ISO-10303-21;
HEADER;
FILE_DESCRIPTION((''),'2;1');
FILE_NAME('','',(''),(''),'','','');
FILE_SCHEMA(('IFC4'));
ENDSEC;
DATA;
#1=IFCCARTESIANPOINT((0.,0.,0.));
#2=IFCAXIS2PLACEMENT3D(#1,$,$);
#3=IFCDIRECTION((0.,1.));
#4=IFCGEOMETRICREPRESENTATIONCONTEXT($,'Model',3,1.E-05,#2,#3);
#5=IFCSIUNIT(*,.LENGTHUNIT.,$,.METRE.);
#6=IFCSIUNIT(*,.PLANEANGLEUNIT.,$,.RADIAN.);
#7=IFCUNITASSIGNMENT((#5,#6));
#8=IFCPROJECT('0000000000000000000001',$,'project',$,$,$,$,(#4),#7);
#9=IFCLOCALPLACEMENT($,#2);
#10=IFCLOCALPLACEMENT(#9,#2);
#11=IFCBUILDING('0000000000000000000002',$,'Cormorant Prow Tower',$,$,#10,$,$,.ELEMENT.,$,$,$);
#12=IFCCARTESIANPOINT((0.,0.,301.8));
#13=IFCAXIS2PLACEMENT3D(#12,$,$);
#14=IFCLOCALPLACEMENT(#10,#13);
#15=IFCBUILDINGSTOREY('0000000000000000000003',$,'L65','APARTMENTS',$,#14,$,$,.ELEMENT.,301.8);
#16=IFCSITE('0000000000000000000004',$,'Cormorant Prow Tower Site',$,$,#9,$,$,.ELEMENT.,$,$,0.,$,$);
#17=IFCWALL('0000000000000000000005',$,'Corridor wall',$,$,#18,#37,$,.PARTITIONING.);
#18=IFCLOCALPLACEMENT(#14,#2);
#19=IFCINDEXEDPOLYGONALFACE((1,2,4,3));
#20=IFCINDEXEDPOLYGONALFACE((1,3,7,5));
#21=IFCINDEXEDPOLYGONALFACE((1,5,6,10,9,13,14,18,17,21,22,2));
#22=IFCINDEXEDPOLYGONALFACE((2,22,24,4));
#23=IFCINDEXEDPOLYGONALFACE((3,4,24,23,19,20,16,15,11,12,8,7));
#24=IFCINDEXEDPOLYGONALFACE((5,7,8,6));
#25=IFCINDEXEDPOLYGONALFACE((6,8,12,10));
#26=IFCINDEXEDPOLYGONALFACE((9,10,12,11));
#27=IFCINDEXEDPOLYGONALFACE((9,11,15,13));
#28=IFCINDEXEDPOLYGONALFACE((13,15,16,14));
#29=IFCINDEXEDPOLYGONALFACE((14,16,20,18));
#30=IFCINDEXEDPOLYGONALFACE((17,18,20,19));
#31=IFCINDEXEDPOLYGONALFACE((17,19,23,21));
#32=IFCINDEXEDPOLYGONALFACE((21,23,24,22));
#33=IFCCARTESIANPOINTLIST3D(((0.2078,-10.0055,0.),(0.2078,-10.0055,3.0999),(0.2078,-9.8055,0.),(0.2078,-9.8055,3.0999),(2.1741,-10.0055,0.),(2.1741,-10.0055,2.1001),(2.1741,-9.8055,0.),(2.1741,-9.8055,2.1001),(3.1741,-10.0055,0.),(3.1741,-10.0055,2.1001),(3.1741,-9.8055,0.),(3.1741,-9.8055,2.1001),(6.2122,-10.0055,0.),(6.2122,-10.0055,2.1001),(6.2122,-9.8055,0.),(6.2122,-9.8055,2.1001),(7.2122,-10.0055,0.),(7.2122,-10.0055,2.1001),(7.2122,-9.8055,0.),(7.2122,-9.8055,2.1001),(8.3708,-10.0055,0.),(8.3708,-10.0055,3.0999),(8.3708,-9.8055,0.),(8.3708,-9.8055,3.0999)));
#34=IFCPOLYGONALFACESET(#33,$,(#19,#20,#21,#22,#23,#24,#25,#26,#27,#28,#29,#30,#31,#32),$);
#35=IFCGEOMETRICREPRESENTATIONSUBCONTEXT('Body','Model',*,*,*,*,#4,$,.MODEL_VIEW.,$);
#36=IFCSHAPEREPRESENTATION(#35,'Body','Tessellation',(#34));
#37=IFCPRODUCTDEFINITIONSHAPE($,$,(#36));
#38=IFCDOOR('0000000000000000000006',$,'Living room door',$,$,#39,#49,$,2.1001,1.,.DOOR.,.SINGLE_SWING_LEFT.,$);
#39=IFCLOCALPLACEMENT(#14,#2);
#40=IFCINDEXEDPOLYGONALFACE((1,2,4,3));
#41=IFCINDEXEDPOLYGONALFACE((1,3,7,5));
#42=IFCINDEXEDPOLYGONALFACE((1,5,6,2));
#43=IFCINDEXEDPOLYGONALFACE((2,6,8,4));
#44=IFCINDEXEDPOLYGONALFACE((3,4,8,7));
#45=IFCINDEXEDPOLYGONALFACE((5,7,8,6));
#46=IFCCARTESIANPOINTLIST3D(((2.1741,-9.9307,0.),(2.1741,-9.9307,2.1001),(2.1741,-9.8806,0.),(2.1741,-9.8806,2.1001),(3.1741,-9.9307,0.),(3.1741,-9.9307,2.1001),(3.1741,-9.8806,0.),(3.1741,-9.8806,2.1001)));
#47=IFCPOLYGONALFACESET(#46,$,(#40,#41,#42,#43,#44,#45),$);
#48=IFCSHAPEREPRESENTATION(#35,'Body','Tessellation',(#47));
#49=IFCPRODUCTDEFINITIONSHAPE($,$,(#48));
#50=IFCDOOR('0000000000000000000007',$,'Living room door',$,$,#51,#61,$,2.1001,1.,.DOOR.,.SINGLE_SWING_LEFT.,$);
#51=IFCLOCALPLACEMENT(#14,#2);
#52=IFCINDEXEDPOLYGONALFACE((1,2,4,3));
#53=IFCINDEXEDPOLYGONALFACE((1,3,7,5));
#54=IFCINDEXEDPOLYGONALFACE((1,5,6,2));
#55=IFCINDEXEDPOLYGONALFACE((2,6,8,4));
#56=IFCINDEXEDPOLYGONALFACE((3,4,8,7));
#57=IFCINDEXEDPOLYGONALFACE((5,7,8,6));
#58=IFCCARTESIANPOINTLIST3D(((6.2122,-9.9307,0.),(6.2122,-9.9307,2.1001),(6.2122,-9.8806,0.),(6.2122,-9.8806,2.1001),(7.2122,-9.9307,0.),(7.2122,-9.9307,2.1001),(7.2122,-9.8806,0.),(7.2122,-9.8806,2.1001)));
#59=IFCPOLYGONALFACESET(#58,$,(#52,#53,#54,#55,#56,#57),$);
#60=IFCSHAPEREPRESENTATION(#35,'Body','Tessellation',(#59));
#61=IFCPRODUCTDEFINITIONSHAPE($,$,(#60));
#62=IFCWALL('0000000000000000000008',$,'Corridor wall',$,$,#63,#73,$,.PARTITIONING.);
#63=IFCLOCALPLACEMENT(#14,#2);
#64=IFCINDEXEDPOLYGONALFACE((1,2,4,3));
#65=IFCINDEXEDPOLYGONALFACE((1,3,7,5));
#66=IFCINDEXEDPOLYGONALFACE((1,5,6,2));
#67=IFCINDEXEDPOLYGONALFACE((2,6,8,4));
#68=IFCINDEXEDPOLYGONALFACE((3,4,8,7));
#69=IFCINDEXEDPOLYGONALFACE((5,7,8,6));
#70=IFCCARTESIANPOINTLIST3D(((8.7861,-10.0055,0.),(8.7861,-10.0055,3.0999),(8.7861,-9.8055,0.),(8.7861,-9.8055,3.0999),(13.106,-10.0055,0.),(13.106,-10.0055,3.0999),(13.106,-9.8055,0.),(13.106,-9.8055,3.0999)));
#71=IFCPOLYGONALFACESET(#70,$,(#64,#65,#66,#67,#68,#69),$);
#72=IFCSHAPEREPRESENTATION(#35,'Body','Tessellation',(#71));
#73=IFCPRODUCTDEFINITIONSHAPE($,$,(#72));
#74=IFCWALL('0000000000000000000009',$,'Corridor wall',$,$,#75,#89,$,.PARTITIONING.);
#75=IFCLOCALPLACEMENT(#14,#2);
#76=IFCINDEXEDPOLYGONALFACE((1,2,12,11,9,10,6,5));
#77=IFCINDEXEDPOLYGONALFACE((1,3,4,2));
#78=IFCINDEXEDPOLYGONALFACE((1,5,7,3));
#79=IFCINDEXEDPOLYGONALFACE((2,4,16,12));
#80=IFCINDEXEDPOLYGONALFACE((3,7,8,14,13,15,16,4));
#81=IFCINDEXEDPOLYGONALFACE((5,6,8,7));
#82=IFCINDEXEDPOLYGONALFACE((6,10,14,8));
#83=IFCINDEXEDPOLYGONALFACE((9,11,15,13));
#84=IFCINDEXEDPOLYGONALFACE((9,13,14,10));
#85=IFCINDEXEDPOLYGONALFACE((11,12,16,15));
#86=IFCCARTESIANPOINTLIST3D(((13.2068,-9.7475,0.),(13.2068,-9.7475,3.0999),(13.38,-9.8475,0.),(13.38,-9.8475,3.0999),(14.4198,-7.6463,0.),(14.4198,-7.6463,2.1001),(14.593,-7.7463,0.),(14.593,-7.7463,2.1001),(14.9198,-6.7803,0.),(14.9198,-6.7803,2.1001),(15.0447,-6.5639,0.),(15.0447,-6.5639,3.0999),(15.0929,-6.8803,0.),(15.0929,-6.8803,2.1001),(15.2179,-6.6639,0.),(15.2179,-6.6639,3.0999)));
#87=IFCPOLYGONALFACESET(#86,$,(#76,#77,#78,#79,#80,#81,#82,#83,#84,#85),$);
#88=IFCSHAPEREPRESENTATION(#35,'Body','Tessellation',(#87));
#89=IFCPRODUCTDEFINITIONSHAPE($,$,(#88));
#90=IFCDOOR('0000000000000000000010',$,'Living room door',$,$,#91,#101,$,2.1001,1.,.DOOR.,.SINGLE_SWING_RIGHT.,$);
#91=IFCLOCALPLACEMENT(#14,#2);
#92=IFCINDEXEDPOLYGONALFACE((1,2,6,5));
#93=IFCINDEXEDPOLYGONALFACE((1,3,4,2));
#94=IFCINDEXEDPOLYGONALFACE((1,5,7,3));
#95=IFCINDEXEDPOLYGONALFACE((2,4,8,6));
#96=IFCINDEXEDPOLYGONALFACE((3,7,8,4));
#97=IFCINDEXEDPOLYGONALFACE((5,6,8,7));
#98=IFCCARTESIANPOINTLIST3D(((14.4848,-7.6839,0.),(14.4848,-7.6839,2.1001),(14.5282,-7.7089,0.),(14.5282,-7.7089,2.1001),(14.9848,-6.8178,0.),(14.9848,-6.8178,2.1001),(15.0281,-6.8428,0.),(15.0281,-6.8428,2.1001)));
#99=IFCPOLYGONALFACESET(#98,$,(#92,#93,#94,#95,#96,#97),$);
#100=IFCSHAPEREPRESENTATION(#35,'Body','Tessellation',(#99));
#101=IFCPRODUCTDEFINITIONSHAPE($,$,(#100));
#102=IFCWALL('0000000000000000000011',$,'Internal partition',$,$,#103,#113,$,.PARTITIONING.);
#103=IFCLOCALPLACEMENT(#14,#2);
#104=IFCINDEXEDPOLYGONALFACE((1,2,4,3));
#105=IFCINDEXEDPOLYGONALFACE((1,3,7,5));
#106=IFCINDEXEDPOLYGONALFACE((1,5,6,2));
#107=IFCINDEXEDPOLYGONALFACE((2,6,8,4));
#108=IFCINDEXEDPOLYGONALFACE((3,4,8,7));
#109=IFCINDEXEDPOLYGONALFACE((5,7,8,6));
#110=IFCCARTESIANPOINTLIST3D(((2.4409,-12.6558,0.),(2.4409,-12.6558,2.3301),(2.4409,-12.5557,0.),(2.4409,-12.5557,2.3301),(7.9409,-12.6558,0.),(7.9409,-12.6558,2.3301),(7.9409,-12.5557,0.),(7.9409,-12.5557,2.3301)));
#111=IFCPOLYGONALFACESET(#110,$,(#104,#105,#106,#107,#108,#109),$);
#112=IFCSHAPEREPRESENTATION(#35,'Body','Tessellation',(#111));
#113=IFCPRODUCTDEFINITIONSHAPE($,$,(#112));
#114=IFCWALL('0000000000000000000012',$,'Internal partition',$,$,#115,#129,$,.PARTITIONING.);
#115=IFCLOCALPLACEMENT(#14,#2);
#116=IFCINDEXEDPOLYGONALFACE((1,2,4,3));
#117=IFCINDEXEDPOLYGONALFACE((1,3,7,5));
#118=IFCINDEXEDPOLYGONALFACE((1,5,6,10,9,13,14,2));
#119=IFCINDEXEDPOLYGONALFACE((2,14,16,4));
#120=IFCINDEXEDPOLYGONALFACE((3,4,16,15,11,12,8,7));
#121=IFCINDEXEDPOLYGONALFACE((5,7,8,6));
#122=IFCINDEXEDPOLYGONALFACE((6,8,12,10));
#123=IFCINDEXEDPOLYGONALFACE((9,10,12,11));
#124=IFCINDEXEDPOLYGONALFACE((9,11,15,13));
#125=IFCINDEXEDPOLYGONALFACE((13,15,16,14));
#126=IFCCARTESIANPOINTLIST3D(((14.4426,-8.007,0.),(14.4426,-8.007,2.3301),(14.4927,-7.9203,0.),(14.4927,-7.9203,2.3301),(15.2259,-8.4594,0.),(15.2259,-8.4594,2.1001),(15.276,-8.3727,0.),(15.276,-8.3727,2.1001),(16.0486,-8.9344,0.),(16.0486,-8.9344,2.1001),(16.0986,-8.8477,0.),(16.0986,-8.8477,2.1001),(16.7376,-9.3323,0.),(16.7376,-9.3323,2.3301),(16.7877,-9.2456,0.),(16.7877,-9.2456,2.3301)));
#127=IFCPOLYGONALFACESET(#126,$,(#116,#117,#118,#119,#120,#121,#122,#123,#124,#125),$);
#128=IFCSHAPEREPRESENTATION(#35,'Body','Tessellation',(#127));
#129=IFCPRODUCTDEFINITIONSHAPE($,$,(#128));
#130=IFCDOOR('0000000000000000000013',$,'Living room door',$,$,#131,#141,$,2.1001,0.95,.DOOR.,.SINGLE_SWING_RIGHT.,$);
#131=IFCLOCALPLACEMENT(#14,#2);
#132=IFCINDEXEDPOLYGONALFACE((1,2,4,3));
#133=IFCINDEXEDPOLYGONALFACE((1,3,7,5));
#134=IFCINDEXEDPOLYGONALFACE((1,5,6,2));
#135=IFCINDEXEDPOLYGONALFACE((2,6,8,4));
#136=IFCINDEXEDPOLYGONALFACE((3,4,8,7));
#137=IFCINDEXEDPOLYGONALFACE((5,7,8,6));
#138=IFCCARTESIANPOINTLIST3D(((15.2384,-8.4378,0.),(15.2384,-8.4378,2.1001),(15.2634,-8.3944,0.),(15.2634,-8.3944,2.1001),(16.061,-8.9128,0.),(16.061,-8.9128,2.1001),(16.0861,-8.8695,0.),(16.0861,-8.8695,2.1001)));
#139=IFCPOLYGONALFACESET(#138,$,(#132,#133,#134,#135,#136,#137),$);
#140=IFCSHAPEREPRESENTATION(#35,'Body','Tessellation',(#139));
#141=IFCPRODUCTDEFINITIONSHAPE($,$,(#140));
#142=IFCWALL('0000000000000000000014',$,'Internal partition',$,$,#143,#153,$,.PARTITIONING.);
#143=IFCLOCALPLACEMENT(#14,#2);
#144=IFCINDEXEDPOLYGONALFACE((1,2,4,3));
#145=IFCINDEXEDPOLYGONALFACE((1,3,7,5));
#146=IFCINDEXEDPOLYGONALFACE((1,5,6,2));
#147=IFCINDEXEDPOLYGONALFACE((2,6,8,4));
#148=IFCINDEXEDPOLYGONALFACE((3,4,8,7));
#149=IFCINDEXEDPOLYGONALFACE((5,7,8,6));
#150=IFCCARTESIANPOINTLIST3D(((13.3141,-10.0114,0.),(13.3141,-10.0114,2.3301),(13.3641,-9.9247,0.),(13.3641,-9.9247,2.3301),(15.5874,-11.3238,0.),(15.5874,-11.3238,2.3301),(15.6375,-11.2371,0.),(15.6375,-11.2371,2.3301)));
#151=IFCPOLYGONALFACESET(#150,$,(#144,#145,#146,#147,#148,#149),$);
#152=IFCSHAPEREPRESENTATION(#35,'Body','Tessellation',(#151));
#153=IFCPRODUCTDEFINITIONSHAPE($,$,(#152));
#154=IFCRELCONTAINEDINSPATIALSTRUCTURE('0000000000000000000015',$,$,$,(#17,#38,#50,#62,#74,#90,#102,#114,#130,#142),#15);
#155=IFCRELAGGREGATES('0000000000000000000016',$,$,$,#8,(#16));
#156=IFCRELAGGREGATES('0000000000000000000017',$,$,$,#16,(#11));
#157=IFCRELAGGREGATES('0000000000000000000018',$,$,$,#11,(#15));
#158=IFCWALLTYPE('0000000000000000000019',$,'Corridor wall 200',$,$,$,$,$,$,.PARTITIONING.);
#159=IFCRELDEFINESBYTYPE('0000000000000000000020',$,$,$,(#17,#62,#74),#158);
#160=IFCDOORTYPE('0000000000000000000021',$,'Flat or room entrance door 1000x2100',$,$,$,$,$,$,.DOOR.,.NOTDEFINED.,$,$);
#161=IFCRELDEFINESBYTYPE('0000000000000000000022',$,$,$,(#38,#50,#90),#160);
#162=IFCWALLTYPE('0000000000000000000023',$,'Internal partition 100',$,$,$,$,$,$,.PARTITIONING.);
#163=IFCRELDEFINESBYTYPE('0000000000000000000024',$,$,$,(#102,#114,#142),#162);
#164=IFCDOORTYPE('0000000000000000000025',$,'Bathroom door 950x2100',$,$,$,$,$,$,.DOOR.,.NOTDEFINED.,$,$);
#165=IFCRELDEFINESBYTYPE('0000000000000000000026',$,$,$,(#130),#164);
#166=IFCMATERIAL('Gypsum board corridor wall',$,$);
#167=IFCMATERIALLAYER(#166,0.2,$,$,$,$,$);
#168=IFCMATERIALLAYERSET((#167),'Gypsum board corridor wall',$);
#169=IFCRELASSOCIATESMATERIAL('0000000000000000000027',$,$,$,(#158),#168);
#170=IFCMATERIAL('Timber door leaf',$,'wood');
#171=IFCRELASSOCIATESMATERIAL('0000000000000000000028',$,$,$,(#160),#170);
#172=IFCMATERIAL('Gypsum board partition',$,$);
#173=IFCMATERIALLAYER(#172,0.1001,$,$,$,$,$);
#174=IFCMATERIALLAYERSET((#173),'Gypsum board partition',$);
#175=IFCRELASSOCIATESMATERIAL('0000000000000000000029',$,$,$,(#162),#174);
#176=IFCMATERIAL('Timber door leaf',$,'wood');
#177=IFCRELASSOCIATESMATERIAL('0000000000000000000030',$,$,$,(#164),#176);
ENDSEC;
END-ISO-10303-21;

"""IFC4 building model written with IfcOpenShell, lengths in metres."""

from ifc_helpers import new_model, si_unit, direction, frame, frame_2d, origin, place, context, subcontext, project, spatial, rectangle, extrude, material, layer, layer_set, type_object, element, fill, save


model = new_model("IFC4")

# Units and contexts
model_context = context("Model", 3, precision=1e-05, world=origin(), true_north=direction((0.0, 1.0)))
body_context = subcontext(model_context, "Body", "Model", "MODEL_VIEW")
ifc_project = project(units=[si_unit("LENGTHUNIT", "METRE"), si_unit("PLANEANGLEUNIT", "RADIAN")], contexts=[model_context])

# Site, building, storey
site_placement = place(None, origin())
site = spatial("IfcSite", under=ifc_project, at=site_placement, Name="Cormorant Prow Tower Site", CompositionType="ELEMENT", RefElevation=0.0)
building_placement = place(site_placement, origin())
building = spatial("IfcBuilding", under=site, at=building_placement, Name="Cormorant Prow Tower", CompositionType="ELEMENT")
storey_placement = place(building_placement, frame((0.0, 0.0, 301.8)))
storey = spatial("IfcBuildingStorey", under=building, at=storey_placement, Name="L65", Description="APARTMENTS", CompositionType="ELEMENT", Elevation=301.8)

# Wall, openings, doors
ifc_material_1 = material(Name="Gypsum board corridor wall")
ifc_layer_1 = layer(ifc_material_1, 0.2)
ifc_layer_set_1 = layer_set([ifc_layer_1], Name="Gypsum board corridor wall")
wall_type_1 = type_object("IfcWallType", Name="Corridor wall 200", PredefinedType="PARTITIONING", material=ifc_layer_set_1)
wall_1_placement = place(storey_placement, frame((0.2078, -9.9055, 0.0), z_axis=(0.0, 0.0, 1.0), x_axis=(1.0, 0.0, 0.0)))
wall_1 = element("IfcWall", 1, at=wall_1_placement, inside=storey, type_object=wall_type_1, Name="Corridor wall", PredefinedType="PARTITIONING", context=body_context, shape_type="SweptSolid", body=[
    extrude(rectangle(XDim=8.1631, YDim=0.2, at=frame_2d((4.0815, 0.0))), origin(), (0.0, 0.0, 1.0), 3.0999),
])
opening_1_placement = place(wall_1_placement, frame((1.9663, 0.0, 0.0)))
opening_1 = element("IfcOpeningElement", 2, at=opening_1_placement, cuts=wall_1, PredefinedType="OPENING", context=body_context, shape_type="SweptSolid", body=[
    extrude(rectangle(XDim=1.0, YDim=2.1001, at=frame_2d((0.5, 1.05))), frame((0.0, 0.1099, 0.0), z_axis=(0.0, -1.0, 0.0), x_axis=(1.0, 0.0, 0.0)), (0.0, 0.0, 1.0), 0.22),
])
opening_2_placement = place(wall_1_placement, frame((6.0044, 0.0, 0.0)))
opening_2 = element("IfcOpeningElement", 3, at=opening_2_placement, cuts=wall_1, PredefinedType="OPENING", context=body_context, shape_type="SweptSolid", body=[
    extrude(rectangle(XDim=1.0, YDim=2.1001, at=frame_2d((0.5, 1.05))), frame((0.0, 0.1099, 0.0), z_axis=(0.0, -1.0, 0.0), x_axis=(1.0, 0.0, 0.0)), (0.0, 0.0, 1.0), 0.22),
])
ifc_material_2 = material(Name="Timber door leaf", Category="wood")
door_type_1 = type_object("IfcDoorType", Name="Flat or room entrance door 1000x2100", OperationType="NOTDEFINED", PredefinedType="DOOR", material=ifc_material_2)
door_1_placement = place(opening_1_placement, origin())
door_1 = element("IfcDoor", 4, at=door_1_placement, inside=storey, type_object=door_type_1, Name="Living room door", OperationType="SINGLE_SWING_LEFT", OverallHeight=2.1001, OverallWidth=1.0, PredefinedType="DOOR", context=body_context, shape_type="SweptSolid", body=[
    extrude(rectangle(XDim=1.0, YDim=2.1001, at=frame_2d((0.5, 1.05))), frame((0.0, 0.0249, 0.0), z_axis=(0.0, -1.0, 0.0), x_axis=(1.0, 0.0, 0.0)), (0.0, 0.0, 1.0), 0.05),
])
fill(opening_1, door_1)
door_2_placement = place(opening_2_placement, origin())
door_2 = element("IfcDoor", 5, at=door_2_placement, inside=storey, type_object=door_type_1, Name="Living room door", OperationType="SINGLE_SWING_LEFT", OverallHeight=2.1001, OverallWidth=1.0, PredefinedType="DOOR", context=body_context, shape_type="SweptSolid", body=[
    extrude(rectangle(XDim=1.0, YDim=2.1001, at=frame_2d((0.5, 1.05))), frame((0.0, 0.0249, 0.0), z_axis=(0.0, -1.0, 0.0), x_axis=(1.0, 0.0, 0.0)), (0.0, 0.0, 1.0), 0.05),
])
fill(opening_2, door_2)

# Wall
wall_2_placement = place(storey_placement, frame((8.7861, -9.9055, 0.0), z_axis=(0.0, 0.0, 1.0), x_axis=(1.0, 0.0, 0.0)))
element("IfcWall", 6, at=wall_2_placement, inside=storey, type_object=wall_type_1, Name="Corridor wall", PredefinedType="PARTITIONING", context=body_context, shape_type="SweptSolid", body=[
    extrude(rectangle(XDim=4.3198, YDim=0.2, at=frame_2d((2.1599, 0.0))), origin(), (0.0, 0.0, 1.0), 3.0999),
])

# Wall, opening, door
wall_3_placement = place(storey_placement, frame((13.2935, -9.7974, 0.0), z_axis=(0.0, 0.0, 1.0), x_axis=(0.499968, 0.866044, 0.0)))
wall_3 = element("IfcWall", 7, at=wall_3_placement, inside=storey, type_object=wall_type_1, Name="Corridor wall", PredefinedType="PARTITIONING", context=body_context, shape_type="SweptSolid", body=[
    extrude(rectangle(XDim=3.676, YDim=0.2, at=frame_2d((1.8379, 0.0))), origin(), (0.0, 0.0, 1.0), 3.0999),
])
opening_3_placement = place(wall_3_placement, frame((2.426, 0.0, 0.0)))
opening_3 = element("IfcOpeningElement", 8, at=opening_3_placement, cuts=wall_3, PredefinedType="OPENING", context=body_context, shape_type="SweptSolid", body=[
    extrude(rectangle(XDim=1.0, YDim=2.1001, at=frame_2d((0.5, 1.05))), frame((0.0, 0.1099, 0.0), z_axis=(0.0, -1.0, 0.0), x_axis=(1.0, 0.0, 0.0)), (0.0, 0.0, 1.0), 0.22),
])
door_3_placement = place(opening_3_placement, origin())
door_3 = element("IfcDoor", 9, at=door_3_placement, inside=storey, type_object=door_type_1, Name="Living room door", OperationType="SINGLE_SWING_RIGHT", OverallHeight=2.1001, OverallWidth=1.0, PredefinedType="DOOR", context=body_context, shape_type="SweptSolid", body=[
    extrude(rectangle(XDim=1.0, YDim=2.1001, at=frame_2d((0.5, 1.05))), frame((0.0, 0.0249, 0.0), z_axis=(0.0, -1.0, 0.0), x_axis=(1.0, 0.0, 0.0)), (0.0, 0.0, 1.0), 0.05),
])
fill(opening_3, door_3)

# Wall
ifc_material_3 = material(Name="Gypsum board partition")
ifc_layer_2 = layer(ifc_material_3, 0.1001)
ifc_layer_set_2 = layer_set([ifc_layer_2], Name="Gypsum board partition")
wall_type_2 = type_object("IfcWallType", Name="Internal partition 100", PredefinedType="PARTITIONING", material=ifc_layer_set_2)
wall_4_placement = place(storey_placement, frame((2.4409, -12.6057, 0.0), z_axis=(0.0, 0.0, 1.0), x_axis=(1.0, 0.0, 0.0)))
element("IfcWall", 10, at=wall_4_placement, inside=storey, type_object=wall_type_2, Name="Internal partition", PredefinedType="PARTITIONING", context=body_context, shape_type="SweptSolid", body=[
    extrude(rectangle(XDim=5.5, YDim=0.1001, at=frame_2d((2.75, 0.0))), origin(), (0.0, 0.0, 1.0), 2.3301),
])

# Wall, opening, door
wall_5_placement = place(storey_placement, frame((14.4675, -7.9636, 0.0), z_axis=(0.0, 0.0, 1.0), x_axis=(0.865989, -0.500063, 0.0)))
wall_5 = element("IfcWall", 11, at=wall_5_placement, inside=storey, type_object=wall_type_2, Name="Internal partition", PredefinedType="PARTITIONING", context=body_context, shape_type="SweptSolid", body=[
    extrude(rectangle(XDim=2.6501, YDim=0.1001, at=frame_2d((1.3252, 0.0))), origin(), (0.0, 0.0, 1.0), 2.3301),
])
opening_4_placement = place(wall_5_placement, frame((0.9045, 0.0, 0.0)))
opening_4 = element("IfcOpeningElement", 12, at=opening_4_placement, cuts=wall_5, PredefinedType="OPENING", context=body_context, shape_type="SweptSolid", body=[
    extrude(rectangle(XDim=0.95, YDim=2.1001, at=frame_2d((0.4751, 1.05))), frame((0.0, 0.0601, 0.0), z_axis=(0.0, -1.0, 0.0), x_axis=(1.0, 0.0, 0.0)), (0.0, 0.0, 1.0), 0.1201),
])
ifc_material_4 = material(Name="Timber door leaf", Category="wood")
door_type_2 = type_object("IfcDoorType", Name="Bathroom door 950x2100", OperationType="NOTDEFINED", PredefinedType="DOOR", material=ifc_material_4)
door_4_placement = place(opening_4_placement, origin())
door_4 = element("IfcDoor", 13, at=door_4_placement, inside=storey, type_object=door_type_2, Name="Living room door", OperationType="SINGLE_SWING_RIGHT", OverallHeight=2.1001, OverallWidth=0.95, PredefinedType="DOOR", context=body_context, shape_type="SweptSolid", body=[
    extrude(rectangle(XDim=0.95, YDim=2.1001, at=frame_2d((0.4751, 1.05))), frame((0.0, 0.0249, 0.0), z_axis=(0.0, -1.0, 0.0), x_axis=(1.0, 0.0, 0.0)), (0.0, 0.0, 1.0), 0.05),
])
fill(opening_4, door_4)

# Wall
wall_6_placement = place(storey_placement, frame((13.3391, -9.968, 0.0), z_axis=(0.0, 0.0, 1.0), x_axis=(0.866037, -0.49998, 0.0)))
element("IfcWall", 14, at=wall_6_placement, inside=storey, type_object=wall_type_2, Name="Internal partition", PredefinedType="PARTITIONING", context=body_context, shape_type="SweptSolid", body=[
    extrude(rectangle(XDim=2.625, YDim=0.1001, at=frame_2d((1.3125, 0.0))), origin(), (0.0, 0.0, 1.0), 2.3301),
])

save(model, "model.ifc")
